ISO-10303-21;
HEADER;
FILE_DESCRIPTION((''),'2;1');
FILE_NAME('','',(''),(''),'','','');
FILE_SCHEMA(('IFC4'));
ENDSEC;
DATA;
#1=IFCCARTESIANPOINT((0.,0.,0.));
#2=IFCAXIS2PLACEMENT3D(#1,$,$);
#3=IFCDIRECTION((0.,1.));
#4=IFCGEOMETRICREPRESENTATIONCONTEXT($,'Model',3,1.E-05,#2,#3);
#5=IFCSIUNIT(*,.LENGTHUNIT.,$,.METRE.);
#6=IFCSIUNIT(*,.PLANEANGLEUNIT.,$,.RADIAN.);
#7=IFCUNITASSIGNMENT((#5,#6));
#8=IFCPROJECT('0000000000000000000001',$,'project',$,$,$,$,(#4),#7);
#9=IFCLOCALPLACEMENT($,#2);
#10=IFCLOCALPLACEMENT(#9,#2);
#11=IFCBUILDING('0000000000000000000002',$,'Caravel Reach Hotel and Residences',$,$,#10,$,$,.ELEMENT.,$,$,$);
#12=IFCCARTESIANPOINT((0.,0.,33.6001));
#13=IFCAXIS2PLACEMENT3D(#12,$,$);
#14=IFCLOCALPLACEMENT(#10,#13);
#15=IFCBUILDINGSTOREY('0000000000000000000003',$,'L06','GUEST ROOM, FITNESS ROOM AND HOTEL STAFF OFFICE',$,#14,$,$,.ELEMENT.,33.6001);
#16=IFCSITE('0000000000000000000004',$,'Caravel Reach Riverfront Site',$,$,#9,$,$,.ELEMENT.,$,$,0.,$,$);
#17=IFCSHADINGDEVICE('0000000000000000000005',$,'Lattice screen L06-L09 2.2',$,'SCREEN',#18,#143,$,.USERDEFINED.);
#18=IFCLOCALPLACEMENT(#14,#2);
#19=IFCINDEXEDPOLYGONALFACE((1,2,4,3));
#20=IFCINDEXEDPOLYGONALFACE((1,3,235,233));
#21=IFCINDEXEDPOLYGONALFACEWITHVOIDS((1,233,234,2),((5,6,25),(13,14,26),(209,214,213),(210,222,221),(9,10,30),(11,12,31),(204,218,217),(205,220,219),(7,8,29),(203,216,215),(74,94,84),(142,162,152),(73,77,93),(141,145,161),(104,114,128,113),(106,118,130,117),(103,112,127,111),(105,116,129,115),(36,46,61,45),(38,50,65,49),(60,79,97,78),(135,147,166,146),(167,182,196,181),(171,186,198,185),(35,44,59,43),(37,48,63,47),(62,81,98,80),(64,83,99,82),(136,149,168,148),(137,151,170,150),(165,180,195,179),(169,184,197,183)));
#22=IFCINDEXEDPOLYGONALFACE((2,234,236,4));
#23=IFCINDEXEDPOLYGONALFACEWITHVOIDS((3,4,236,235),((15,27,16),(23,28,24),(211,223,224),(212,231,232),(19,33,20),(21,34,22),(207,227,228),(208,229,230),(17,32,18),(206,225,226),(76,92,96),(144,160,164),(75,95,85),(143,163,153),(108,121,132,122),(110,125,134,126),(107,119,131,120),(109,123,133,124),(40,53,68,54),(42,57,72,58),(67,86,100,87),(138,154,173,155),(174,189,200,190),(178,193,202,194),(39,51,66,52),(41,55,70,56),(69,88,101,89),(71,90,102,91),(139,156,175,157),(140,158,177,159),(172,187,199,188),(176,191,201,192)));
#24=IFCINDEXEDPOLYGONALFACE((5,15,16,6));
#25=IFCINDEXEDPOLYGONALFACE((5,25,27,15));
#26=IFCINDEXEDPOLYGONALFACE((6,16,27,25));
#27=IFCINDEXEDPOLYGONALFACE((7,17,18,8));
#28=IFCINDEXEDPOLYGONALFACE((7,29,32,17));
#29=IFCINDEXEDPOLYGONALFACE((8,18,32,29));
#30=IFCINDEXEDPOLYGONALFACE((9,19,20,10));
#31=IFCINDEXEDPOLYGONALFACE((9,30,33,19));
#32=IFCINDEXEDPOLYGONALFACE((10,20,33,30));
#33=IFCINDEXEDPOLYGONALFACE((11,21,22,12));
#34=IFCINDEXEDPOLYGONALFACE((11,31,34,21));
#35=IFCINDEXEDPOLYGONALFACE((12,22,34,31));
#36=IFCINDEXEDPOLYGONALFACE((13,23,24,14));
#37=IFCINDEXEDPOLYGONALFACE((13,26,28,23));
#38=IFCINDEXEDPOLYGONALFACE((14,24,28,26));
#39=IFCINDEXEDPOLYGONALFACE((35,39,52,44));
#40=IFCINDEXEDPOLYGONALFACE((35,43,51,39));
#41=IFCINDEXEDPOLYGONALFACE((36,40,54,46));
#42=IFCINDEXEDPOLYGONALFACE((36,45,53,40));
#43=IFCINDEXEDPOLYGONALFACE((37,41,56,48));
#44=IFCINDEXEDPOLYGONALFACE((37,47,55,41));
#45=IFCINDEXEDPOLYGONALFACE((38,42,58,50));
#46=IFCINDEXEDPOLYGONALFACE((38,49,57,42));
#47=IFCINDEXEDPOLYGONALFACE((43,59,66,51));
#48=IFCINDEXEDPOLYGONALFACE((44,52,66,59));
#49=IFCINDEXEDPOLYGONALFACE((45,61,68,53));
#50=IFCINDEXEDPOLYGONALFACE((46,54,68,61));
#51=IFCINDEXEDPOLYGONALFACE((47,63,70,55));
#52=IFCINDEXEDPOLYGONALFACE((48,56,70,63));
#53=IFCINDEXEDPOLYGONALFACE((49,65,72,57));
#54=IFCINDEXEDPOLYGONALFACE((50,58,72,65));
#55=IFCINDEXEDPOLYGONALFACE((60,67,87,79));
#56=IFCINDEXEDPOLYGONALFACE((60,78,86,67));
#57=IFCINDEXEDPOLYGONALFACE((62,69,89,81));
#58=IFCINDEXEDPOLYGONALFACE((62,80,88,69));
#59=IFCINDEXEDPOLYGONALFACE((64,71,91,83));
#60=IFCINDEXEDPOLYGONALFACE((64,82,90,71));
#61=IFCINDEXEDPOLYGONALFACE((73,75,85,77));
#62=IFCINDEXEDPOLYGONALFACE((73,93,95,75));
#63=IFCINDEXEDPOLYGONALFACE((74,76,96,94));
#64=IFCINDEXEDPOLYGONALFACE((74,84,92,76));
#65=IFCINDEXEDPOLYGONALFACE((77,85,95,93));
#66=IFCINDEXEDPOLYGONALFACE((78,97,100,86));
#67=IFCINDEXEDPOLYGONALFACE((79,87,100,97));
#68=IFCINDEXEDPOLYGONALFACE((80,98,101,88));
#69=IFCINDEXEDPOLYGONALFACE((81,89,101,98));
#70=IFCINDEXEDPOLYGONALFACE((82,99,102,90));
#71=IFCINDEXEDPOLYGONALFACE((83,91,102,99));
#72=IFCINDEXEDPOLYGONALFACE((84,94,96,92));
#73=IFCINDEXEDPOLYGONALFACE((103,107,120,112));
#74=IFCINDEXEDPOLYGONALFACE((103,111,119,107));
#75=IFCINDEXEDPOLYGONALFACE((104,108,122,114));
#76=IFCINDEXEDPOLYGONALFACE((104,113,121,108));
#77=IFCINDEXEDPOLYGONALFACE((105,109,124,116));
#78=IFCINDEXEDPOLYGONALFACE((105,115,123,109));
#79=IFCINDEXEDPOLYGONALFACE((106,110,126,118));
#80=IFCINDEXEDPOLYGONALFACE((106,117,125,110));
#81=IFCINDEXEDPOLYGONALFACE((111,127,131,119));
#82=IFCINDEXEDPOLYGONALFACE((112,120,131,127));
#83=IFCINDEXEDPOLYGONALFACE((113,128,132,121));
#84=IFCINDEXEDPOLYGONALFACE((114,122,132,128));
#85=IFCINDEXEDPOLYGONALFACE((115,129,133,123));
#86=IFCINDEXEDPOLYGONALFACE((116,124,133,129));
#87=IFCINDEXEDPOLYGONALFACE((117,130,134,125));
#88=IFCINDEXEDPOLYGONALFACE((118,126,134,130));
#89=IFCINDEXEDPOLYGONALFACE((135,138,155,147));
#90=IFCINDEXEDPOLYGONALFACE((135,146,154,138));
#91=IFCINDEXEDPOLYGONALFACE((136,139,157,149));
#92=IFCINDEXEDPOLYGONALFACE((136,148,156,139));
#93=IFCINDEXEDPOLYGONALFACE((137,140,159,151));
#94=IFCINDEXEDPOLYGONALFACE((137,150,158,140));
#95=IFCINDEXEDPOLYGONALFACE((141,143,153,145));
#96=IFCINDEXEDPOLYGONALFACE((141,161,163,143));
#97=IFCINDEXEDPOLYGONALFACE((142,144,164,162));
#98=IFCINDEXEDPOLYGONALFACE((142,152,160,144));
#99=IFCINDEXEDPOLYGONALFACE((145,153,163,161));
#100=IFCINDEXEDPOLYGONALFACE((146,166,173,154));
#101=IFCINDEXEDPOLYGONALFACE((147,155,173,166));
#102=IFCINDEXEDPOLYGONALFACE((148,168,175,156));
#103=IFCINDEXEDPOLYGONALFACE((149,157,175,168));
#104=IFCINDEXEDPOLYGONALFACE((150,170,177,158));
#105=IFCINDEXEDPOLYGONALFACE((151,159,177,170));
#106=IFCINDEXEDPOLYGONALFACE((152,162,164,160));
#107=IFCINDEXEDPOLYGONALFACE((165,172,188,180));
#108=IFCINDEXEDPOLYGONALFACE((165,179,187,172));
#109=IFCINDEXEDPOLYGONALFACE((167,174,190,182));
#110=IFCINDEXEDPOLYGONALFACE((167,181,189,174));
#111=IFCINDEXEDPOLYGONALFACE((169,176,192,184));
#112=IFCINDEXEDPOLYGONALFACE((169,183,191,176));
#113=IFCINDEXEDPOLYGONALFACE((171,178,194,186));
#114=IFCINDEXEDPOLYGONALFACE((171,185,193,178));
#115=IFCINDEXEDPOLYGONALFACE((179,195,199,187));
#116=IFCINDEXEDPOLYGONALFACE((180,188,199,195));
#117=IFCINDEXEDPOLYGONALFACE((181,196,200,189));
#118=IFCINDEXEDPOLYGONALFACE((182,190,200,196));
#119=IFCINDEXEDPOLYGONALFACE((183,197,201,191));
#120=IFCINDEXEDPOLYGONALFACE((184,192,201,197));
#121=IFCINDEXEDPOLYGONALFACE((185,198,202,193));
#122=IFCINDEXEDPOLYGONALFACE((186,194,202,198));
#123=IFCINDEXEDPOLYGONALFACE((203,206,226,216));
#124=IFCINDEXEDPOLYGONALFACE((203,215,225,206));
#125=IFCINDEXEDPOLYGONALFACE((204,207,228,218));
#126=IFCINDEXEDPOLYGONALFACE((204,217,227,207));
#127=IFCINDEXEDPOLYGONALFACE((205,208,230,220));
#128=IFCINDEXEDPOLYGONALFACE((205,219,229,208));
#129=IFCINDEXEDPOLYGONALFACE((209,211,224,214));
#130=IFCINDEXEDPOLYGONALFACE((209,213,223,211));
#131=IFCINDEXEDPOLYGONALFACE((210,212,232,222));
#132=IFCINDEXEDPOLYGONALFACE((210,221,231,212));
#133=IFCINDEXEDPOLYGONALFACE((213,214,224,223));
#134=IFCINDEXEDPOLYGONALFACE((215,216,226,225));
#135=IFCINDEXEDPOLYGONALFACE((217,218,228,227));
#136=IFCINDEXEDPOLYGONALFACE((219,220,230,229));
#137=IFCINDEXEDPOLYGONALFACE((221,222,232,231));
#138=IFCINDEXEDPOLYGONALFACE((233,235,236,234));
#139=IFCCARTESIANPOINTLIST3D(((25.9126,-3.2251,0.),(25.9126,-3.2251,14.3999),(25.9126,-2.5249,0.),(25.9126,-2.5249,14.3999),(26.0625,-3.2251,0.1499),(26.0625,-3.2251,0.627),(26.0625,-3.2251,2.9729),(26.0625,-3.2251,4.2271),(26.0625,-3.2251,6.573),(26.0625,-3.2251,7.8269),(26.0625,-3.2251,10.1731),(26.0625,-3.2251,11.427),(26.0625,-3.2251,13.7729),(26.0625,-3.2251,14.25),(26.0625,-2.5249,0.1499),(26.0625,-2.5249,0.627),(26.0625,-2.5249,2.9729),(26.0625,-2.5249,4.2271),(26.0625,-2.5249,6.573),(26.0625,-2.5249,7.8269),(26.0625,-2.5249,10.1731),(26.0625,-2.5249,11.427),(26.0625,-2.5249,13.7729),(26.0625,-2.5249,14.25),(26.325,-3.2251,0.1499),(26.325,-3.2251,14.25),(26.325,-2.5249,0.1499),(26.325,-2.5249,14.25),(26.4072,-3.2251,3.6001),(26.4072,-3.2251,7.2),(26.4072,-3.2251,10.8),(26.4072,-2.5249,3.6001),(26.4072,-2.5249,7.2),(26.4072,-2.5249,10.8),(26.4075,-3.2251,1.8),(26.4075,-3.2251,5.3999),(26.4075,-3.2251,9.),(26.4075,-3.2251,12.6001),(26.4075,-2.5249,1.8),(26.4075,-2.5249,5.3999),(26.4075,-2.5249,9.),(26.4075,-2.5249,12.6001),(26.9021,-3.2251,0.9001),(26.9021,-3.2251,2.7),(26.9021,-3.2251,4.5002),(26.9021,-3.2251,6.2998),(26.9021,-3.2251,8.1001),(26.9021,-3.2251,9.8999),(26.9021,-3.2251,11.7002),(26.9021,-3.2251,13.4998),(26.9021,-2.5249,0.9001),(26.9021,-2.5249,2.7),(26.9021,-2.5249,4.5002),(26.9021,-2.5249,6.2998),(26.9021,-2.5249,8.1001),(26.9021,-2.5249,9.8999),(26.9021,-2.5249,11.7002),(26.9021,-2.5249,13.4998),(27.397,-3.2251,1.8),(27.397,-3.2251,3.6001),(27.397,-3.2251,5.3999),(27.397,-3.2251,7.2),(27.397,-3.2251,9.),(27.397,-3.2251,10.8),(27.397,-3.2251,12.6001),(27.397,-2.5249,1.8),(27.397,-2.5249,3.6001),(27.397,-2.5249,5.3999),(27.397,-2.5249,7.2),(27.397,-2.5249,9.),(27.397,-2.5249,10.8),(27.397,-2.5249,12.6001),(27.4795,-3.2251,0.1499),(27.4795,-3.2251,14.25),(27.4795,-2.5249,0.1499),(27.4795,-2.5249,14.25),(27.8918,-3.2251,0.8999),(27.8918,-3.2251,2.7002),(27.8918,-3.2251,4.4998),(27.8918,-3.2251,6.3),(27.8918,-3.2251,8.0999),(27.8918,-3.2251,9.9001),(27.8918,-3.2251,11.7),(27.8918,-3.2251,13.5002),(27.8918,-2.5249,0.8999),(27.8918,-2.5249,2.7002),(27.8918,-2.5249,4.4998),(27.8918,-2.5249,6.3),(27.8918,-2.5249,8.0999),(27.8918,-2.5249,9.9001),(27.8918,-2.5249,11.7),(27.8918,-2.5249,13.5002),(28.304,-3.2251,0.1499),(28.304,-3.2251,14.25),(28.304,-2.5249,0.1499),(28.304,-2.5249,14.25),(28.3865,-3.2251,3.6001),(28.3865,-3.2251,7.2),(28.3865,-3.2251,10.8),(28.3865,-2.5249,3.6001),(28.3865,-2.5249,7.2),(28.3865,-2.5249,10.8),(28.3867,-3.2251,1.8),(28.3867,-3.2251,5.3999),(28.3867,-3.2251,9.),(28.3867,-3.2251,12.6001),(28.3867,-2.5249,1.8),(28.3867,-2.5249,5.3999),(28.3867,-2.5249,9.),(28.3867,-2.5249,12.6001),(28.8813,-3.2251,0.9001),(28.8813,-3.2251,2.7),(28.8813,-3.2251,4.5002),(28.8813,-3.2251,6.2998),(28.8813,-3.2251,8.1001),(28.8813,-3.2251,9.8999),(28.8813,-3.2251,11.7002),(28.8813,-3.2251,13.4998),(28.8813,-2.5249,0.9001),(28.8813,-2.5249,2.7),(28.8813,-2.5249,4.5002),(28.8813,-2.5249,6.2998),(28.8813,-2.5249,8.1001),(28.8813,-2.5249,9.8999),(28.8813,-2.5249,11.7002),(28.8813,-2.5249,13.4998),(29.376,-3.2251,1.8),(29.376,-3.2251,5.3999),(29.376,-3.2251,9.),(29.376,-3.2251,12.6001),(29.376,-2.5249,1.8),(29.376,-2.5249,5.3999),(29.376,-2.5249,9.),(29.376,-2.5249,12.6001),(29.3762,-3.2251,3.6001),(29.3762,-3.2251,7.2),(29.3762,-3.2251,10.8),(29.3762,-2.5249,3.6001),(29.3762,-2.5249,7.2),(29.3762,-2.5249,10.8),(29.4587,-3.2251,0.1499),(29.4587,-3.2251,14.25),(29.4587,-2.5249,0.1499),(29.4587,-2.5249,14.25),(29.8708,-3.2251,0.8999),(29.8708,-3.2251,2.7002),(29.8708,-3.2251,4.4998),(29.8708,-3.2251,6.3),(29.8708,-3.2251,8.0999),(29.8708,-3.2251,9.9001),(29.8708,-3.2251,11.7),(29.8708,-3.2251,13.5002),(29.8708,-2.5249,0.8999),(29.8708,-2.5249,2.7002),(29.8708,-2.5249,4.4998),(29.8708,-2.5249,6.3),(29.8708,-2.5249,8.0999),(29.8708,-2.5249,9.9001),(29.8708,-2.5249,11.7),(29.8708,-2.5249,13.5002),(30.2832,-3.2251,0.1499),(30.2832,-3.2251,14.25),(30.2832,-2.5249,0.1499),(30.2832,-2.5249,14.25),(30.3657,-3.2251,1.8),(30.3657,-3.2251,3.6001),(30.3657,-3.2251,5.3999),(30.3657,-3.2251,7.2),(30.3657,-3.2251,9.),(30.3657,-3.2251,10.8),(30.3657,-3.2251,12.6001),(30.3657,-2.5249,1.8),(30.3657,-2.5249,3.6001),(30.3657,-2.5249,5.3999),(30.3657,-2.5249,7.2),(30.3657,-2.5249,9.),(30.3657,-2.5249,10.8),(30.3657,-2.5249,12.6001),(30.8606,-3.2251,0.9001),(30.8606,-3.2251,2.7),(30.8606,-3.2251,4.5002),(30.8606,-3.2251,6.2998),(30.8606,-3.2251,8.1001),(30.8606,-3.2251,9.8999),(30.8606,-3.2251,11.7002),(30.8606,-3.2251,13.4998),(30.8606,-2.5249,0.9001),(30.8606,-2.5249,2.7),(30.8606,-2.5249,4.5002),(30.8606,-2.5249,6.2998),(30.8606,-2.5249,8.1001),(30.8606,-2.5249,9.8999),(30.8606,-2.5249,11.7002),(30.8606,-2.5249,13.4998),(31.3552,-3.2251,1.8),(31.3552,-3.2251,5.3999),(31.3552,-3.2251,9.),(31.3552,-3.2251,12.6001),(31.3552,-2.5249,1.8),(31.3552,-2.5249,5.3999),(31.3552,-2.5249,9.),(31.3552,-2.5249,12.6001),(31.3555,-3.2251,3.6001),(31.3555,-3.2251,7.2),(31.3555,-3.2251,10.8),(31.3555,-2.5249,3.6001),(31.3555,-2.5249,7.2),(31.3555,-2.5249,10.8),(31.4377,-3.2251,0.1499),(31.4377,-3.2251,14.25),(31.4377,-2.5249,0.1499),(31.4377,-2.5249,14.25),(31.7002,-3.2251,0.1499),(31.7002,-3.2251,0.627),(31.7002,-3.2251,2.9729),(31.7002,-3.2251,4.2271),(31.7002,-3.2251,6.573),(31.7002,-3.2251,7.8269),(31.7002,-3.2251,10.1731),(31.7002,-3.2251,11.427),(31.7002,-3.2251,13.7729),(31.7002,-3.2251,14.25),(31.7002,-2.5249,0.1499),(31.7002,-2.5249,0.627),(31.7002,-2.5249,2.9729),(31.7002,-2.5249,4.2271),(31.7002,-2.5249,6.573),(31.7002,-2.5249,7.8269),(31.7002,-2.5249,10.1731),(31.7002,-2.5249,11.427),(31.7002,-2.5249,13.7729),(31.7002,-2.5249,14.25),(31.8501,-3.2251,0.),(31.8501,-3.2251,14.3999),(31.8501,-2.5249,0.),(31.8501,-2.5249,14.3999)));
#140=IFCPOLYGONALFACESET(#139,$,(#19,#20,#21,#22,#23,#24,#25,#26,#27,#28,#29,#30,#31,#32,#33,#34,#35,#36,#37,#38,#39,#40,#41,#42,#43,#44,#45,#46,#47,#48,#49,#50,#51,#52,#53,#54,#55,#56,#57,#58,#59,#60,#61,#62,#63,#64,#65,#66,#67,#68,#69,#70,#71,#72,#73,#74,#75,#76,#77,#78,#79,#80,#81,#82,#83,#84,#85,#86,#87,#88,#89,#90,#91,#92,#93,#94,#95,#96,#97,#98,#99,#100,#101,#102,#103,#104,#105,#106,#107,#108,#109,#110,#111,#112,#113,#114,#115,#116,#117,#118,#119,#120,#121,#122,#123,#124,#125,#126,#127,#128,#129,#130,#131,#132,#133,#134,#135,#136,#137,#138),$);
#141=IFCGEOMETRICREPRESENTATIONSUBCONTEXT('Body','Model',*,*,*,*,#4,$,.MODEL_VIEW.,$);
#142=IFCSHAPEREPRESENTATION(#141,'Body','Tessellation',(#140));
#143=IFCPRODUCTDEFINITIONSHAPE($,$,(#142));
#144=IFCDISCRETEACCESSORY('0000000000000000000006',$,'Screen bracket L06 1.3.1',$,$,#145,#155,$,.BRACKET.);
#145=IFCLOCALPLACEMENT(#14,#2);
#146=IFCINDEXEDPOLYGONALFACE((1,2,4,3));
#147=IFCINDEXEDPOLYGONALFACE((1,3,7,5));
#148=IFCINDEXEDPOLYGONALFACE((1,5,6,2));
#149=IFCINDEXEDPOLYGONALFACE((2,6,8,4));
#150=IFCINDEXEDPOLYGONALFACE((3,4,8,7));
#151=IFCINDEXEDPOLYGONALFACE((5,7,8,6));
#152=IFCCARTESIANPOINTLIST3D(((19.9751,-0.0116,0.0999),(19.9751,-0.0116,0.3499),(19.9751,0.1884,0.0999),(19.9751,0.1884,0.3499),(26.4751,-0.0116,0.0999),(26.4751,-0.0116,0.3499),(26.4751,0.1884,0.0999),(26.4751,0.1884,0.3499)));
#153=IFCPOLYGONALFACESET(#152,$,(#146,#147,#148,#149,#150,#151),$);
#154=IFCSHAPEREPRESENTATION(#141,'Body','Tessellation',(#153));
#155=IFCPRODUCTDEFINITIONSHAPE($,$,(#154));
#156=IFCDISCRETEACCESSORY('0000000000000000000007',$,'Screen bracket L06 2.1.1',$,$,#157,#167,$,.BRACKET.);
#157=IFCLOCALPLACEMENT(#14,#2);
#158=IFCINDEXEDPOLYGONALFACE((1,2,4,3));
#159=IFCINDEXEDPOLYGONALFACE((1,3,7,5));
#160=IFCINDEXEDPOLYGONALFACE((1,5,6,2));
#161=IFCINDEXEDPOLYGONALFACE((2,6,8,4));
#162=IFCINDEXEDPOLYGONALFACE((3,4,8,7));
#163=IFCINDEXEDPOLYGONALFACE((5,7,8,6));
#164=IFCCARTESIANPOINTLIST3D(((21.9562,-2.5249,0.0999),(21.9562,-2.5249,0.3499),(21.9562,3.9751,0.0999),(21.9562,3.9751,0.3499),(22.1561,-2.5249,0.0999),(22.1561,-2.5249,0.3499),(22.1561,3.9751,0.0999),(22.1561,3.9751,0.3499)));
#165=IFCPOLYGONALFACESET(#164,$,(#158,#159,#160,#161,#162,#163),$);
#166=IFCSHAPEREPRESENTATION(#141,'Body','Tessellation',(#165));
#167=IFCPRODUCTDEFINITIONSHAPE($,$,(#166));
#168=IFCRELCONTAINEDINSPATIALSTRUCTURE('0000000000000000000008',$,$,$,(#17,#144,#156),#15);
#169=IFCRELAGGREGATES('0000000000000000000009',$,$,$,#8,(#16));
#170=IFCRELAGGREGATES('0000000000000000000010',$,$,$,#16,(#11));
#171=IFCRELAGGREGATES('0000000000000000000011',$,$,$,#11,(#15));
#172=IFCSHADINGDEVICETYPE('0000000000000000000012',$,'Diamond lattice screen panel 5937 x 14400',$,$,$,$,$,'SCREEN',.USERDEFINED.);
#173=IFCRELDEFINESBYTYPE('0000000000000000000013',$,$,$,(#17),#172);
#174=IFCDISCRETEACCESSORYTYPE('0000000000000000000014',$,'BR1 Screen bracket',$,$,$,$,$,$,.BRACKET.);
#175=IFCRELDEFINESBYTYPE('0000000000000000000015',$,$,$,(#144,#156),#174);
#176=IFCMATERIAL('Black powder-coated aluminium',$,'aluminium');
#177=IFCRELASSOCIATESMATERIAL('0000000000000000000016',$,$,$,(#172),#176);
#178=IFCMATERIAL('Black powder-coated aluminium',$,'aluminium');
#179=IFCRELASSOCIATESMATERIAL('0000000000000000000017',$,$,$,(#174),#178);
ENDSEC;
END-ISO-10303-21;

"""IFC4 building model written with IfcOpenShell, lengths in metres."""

from ifc_helpers import new_model, si_unit, direction, frame, origin, origin_2d, place, context, subcontext, project, spatial, polyline, rectangle, outline, extrude, material, type_object, element, save


model = new_model("IFC4")

# Units and contexts
model_context = context("Model", 3, precision=1e-05, world=origin(), true_north=direction((0.0, 1.0)))
body_context = subcontext(model_context, "Body", "Model", "MODEL_VIEW")
ifc_project = project(units=[si_unit("LENGTHUNIT", "METRE"), si_unit("PLANEANGLEUNIT", "RADIAN")], contexts=[model_context])

# Site, building, storey
site_placement = place(None, origin())
site = spatial("IfcSite", under=ifc_project, at=site_placement, Name="Caravel Reach Riverfront Site", CompositionType="ELEMENT", RefElevation=0.0)
building_placement = place(site_placement, origin())
building = spatial("IfcBuilding", under=site, at=building_placement, Name="Caravel Reach Hotel and Residences", CompositionType="ELEMENT")
storey_placement = place(building_placement, frame((0.0, 0.0, 33.6001)))
storey = spatial("IfcBuildingStorey", under=building, at=storey_placement, Name="L06", Description="GUEST ROOM, FITNESS ROOM AND HOTEL STAFF OFFICE", CompositionType="ELEMENT", Elevation=33.6001)

# Shading device
ifc_material_1 = material(Name="Black powder-coated aluminium", Category="aluminium")
shading_device_type_1 = type_object("IfcShadingDeviceType", Name="Diamond lattice screen panel 5937 x 14400", ElementType="SCREEN", PredefinedType="USERDEFINED", material=ifc_material_1)
shading_device_1_placement = place(storey_placement, frame((25.9126, -2.5249, 0.0), z_axis=(0.0, -1.0, 0.0), x_axis=(1.0, 0.0, 0.0)))
element("IfcShadingDevice", 1, at=shading_device_1_placement, inside=storey, type_object=shading_device_type_1, Name="Lattice screen L06-L09 2.2", ObjectType="SCREEN", PredefinedType="USERDEFINED", context=body_context, shape_type="SweptSolid", body=[
    extrude(outline(polyline([(0.0, 0.0), (5.9375, 0.0), (5.9375, 14.3999), (0.0, 14.3999), (0.0, 0.0)]), holes=[polyline([(0.4124, 0.1499), (0.1499, 0.627), (0.1499, 0.1499), (0.4124, 0.1499)]), polyline([(0.4946, 3.6001), (0.1499, 4.2271), (0.1499, 2.9729), (0.4946, 3.6001)]), polyline([(0.4946, 7.2), (0.1499, 7.8269), (0.1499, 6.573), (0.4946, 7.2)]), polyline([(0.4946, 10.8), (0.1499, 11.427), (0.1499, 10.1731), (0.4946, 10.8)]), polyline([(0.1499, 13.7729), (0.4124, 14.25), (0.1499, 14.25), (0.1499, 13.7729)]), polyline([(0.9895, 2.7), (0.4949, 1.8), (0.9895, 0.9001), (1.4844, 1.8), (0.9895, 2.7)]), polyline([(0.9895, 6.2998), (0.4949, 5.3999), (0.9895, 4.5002), (1.4844, 5.3999), (0.9895, 6.2998)]), polyline([(0.9895, 9.8999), (0.4949, 9.0), (0.9895, 8.1001), (1.4844, 9.0), (0.9895, 9.8999)]), polyline([(0.9895, 13.4998), (0.4949, 12.6001), (0.9895, 11.7002), (1.4844, 12.6001), (0.9895, 13.4998)]), polyline([(1.9792, 0.8999), (1.5669, 0.1499), (2.3914, 0.1499), (1.9792, 0.8999)]), polyline([(1.9792, 4.4998), (1.4844, 3.6001), (1.9792, 2.7002), (2.4739, 3.6001), (1.9792, 4.4998)]), polyline([(1.9792, 8.0999), (1.4844, 7.2), (1.9792, 6.3), (2.4739, 7.2), (1.9792, 8.0999)]), polyline([(1.9792, 11.7), (1.4844, 10.8), (1.9792, 9.9001), (2.4739, 10.8), (1.9792, 11.7)]), polyline([(1.9792, 13.5002), (2.3914, 14.25), (1.5669, 14.25), (1.9792, 13.5002)]), polyline([(2.9688, 2.7), (2.4741, 1.8), (2.9688, 0.9001), (3.4634, 1.8), (2.9688, 2.7)]), polyline([(2.9688, 6.2998), (2.4741, 5.3999), (2.9688, 4.5002), (3.4634, 5.3999), (2.9688, 6.2998)]), polyline([(2.9688, 9.8999), (2.4741, 9.0), (2.9688, 8.1001), (3.4634, 9.0), (2.9688, 9.8999)]), polyline([(2.9688, 13.4998), (2.4741, 12.6001), (2.9688, 11.7002), (3.4634, 12.6001), (2.9688, 13.4998)]), polyline([(3.9583, 0.8999), (3.5461, 0.1499), (4.3706, 0.1499), (3.9583, 0.8999)]), polyline([(3.9583, 4.4998), (3.4636, 3.6001), (3.9583, 2.7002), (4.4531, 3.6001), (3.9583, 4.4998)]), polyline([(3.9583, 8.0999), (3.4636, 7.2), (3.9583, 6.3), (4.4531, 7.2), (3.9583, 8.0999)]), polyline([(3.9583, 11.7), (3.4636, 10.8), (3.9583, 9.9001), (4.4531, 10.8), (3.9583, 11.7)]), polyline([(3.9583, 13.5002), (4.3706, 14.25), (3.5461, 14.25), (3.9583, 13.5002)]), polyline([(4.948, 2.7), (4.4531, 1.8), (4.948, 0.9001), (5.4426, 1.8), (4.948, 2.7)]), polyline([(4.948, 6.2998), (4.4531, 5.3999), (4.948, 4.5002), (5.4426, 5.3999), (4.948, 6.2998)]), polyline([(4.948, 9.8999), (4.4531, 9.0), (4.948, 8.1001), (5.4426, 9.0), (4.948, 9.8999)]), polyline([(4.948, 13.4998), (4.4531, 12.6001), (4.948, 11.7002), (5.4426, 12.6001), (4.948, 13.4998)]), polyline([(5.7876, 0.627), (5.5251, 0.1499), (5.7876, 0.1499), (5.7876, 0.627)]), polyline([(5.4429, 3.6001), (5.7876, 2.9729), (5.7876, 4.2271), (5.4429, 3.6001)]), polyline([(5.4429, 7.2), (5.7876, 6.573), (5.7876, 7.8269), (5.4429, 7.2)]), polyline([(5.4429, 10.8), (5.7876, 10.1731), (5.7876, 11.427), (5.4429, 10.8)]), polyline([(5.5251, 14.25), (5.7876, 13.7729), (5.7876, 14.25), (5.5251, 14.25)])]), origin(), (0.0, 0.0, 1.0), 0.7002),
])

# Discrete accessories
ifc_material_2 = material(Name="Black powder-coated aluminium", Category="aluminium")
discrete_accessory_type = type_object("IfcDiscreteAccessoryType", Name="BR1 Screen bracket", PredefinedType="BRACKET", material=ifc_material_2)
for number, where, z_axis, x_axis, name in (
    (2, (23.2251, 0.0884, 0.0999), (0.0, 0.0, 1.0), (-1.0, 0.0, 0.0), "Screen bracket L06 1.3.1"),
    (3, (22.0562, 0.7251, 0.0999), (0.0, 0.0, 1.0), (0.0, -1.0, 0.0), "Screen bracket L06 2.1.1"),
):
    element("IfcDiscreteAccessory", number, at=place(storey_placement, frame(where, z_axis=z_axis, x_axis=x_axis)), inside=storey, type_object=discrete_accessory_type, Name=name, PredefinedType="BRACKET", context=body_context, shape_type="SweptSolid", body=[
        extrude(rectangle(XDim=6.5, YDim=0.2, at=origin_2d()), origin(), (0.0, 0.0, 1.0), 0.25),
    ])

save(model, "model.ifc")
